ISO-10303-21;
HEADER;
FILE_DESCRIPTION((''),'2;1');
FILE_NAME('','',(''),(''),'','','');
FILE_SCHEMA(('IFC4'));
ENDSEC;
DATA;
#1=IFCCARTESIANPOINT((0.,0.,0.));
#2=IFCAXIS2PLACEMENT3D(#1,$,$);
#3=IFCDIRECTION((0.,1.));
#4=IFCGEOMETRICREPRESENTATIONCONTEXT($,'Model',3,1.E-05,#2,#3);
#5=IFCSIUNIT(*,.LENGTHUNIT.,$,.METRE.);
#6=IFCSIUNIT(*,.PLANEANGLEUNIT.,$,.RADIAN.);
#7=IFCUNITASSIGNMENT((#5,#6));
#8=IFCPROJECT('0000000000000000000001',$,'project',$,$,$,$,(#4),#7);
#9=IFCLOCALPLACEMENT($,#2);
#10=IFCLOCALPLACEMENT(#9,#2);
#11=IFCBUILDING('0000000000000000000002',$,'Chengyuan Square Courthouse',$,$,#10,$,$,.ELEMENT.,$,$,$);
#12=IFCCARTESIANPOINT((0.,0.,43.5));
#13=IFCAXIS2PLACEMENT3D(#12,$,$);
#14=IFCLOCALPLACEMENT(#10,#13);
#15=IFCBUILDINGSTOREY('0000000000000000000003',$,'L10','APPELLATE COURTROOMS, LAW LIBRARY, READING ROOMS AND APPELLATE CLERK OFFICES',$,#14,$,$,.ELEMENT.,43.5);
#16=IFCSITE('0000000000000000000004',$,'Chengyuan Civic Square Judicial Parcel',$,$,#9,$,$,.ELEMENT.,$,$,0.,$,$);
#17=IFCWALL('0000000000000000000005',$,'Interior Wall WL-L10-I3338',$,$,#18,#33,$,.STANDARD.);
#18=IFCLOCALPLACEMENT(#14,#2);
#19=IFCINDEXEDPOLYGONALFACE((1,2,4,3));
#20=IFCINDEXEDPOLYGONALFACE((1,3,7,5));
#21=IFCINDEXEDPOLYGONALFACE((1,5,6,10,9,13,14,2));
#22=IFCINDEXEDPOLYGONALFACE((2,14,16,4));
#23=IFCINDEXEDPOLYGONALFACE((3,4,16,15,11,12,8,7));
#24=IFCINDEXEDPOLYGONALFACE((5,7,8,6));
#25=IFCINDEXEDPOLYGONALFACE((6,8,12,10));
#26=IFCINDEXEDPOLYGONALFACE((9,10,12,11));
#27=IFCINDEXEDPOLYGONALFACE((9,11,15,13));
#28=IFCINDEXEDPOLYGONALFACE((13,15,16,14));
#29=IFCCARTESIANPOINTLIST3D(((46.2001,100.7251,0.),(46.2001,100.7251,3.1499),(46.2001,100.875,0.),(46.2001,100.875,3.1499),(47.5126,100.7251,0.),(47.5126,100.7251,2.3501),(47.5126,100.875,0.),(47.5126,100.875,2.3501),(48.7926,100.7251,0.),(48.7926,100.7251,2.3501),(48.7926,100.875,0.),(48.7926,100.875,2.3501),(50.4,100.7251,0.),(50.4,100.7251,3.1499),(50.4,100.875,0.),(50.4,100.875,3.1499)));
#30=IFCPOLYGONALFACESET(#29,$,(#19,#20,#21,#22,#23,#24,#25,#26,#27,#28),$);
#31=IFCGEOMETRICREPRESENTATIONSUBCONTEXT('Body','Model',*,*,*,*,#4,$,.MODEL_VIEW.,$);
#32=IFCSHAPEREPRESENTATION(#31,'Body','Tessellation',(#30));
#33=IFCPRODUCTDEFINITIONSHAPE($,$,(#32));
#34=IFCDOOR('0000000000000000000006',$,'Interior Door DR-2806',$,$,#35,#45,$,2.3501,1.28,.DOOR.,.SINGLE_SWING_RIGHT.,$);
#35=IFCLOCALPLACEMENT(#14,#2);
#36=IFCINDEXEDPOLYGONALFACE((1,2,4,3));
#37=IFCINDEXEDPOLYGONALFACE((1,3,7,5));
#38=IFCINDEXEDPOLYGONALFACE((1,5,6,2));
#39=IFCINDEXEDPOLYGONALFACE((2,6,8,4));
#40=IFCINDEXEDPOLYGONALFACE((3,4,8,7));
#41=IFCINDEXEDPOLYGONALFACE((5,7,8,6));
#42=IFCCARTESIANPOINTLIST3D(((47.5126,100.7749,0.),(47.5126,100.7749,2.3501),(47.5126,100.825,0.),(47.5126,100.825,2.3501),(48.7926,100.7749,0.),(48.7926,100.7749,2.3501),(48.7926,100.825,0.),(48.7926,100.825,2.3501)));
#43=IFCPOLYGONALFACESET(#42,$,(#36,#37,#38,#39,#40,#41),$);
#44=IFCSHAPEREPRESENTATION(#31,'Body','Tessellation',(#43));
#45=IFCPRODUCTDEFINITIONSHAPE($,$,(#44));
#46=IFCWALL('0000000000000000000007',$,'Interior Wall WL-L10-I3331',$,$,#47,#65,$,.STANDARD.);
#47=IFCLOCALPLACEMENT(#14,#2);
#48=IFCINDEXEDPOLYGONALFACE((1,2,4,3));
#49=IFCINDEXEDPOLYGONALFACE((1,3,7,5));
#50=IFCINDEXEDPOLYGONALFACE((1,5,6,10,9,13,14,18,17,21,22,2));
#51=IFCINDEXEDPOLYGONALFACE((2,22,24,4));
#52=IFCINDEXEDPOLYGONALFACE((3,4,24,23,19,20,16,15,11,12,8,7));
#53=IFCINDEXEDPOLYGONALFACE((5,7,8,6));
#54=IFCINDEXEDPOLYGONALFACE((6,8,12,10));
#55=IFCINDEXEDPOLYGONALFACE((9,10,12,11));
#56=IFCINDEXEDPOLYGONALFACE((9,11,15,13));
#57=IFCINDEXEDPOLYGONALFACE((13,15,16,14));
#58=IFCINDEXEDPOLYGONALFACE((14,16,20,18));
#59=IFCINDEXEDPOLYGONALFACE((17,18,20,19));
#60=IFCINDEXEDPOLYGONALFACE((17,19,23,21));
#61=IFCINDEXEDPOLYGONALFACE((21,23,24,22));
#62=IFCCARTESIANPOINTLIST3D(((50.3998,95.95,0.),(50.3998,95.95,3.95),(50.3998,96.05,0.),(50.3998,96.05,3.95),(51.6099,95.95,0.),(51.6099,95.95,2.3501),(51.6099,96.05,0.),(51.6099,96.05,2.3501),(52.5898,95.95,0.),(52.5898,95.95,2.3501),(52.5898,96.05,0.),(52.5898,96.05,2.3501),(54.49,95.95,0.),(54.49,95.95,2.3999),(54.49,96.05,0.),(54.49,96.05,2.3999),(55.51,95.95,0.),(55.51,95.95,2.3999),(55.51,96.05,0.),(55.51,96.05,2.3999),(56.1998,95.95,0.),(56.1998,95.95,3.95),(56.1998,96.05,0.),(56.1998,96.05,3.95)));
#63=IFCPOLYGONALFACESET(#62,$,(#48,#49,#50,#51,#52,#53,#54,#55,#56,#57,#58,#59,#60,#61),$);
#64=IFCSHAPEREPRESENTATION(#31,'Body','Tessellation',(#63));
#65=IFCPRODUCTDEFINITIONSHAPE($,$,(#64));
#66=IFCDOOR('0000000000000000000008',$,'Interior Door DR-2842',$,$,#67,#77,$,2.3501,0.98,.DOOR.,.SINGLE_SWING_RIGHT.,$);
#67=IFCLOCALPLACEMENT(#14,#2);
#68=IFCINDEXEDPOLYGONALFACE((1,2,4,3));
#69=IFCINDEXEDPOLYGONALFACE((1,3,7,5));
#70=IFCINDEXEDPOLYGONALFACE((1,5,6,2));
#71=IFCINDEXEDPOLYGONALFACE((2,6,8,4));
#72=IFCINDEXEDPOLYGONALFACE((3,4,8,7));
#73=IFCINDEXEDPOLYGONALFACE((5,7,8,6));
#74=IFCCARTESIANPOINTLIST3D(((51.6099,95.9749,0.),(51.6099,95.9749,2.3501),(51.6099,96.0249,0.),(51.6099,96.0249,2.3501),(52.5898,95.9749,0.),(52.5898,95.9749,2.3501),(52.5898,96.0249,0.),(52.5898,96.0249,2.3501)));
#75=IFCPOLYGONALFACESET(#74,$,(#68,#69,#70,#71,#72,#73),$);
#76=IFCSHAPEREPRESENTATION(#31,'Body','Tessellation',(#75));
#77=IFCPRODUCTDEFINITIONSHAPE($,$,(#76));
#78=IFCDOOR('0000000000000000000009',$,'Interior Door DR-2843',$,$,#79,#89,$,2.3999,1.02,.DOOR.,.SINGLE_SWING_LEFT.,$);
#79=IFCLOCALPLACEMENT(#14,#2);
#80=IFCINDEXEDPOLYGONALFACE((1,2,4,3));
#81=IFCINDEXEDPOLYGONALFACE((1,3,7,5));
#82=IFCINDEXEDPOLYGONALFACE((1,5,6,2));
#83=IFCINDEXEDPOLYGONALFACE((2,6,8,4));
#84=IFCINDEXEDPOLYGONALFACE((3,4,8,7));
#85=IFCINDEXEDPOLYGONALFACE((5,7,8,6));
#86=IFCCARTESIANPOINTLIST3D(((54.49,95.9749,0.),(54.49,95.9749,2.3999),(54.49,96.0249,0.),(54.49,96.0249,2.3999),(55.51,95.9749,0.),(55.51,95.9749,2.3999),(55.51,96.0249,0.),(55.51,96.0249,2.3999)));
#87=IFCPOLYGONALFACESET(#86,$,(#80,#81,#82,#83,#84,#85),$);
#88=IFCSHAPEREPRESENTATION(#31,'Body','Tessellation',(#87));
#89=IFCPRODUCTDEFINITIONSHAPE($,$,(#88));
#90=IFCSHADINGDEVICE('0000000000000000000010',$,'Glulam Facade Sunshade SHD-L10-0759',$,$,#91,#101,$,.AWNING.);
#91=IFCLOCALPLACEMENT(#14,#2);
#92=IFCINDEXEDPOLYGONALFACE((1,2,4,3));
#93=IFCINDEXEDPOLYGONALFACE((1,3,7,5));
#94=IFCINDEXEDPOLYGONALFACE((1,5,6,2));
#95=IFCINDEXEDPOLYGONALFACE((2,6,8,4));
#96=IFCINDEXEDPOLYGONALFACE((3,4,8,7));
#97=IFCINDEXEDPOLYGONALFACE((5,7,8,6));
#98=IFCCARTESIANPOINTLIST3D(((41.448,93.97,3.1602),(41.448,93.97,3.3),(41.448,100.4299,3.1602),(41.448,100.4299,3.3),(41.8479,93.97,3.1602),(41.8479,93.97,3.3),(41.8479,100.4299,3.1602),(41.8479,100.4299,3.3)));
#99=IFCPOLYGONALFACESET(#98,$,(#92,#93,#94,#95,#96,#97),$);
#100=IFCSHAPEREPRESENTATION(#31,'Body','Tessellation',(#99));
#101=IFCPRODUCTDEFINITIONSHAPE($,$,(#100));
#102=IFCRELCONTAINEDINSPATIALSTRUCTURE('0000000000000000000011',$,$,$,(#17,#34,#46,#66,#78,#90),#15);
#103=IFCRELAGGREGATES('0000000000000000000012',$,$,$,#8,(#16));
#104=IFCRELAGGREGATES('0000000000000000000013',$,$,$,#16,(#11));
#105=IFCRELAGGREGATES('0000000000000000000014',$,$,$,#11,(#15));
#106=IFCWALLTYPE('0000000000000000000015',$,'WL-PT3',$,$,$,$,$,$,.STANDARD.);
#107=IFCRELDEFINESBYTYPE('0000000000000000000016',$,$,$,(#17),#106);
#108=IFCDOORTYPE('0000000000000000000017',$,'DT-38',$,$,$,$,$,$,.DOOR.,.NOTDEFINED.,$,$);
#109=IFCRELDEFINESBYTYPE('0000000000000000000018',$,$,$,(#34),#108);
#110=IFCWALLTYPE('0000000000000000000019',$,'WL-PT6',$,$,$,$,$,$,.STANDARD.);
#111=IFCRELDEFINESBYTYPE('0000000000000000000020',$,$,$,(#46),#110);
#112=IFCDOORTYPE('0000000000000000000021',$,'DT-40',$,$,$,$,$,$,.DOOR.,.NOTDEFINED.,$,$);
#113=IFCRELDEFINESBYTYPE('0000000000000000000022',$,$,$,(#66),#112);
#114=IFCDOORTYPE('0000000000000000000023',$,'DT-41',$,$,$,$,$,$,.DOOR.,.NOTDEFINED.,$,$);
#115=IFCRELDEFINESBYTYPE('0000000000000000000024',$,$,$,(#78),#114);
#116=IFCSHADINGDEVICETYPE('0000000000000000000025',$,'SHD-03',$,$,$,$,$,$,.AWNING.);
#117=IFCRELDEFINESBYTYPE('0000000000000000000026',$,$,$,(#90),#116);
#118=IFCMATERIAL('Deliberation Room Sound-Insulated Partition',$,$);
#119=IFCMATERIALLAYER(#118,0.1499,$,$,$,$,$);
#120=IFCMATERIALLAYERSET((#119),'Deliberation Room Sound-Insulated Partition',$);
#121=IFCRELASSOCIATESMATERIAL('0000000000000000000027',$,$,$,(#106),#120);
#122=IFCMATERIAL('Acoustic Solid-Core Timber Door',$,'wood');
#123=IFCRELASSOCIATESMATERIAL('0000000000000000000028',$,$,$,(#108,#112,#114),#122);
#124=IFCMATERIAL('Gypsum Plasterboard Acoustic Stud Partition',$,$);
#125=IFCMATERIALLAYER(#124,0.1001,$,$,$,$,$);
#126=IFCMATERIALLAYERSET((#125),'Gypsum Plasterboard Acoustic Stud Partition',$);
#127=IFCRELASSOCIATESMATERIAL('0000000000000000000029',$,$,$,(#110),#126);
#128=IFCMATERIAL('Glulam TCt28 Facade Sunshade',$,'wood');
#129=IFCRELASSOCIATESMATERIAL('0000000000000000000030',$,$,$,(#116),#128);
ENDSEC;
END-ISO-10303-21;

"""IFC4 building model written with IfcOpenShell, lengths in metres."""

from ifc_helpers import new_model, si_unit, direction, frame, frame_2d, origin, origin_2d, place, context, subcontext, project, spatial, rectangle, extrude, material, layer, layer_set, type_object, element, fill, save


model = new_model("IFC4")

# Units and contexts
model_context = context("Model", 3, precision=1e-05, world=origin(), true_north=direction((0.0, 1.0)))
body_context = subcontext(model_context, "Body", "Model", "MODEL_VIEW")
ifc_project = project(units=[si_unit("LENGTHUNIT", "METRE"), si_unit("PLANEANGLEUNIT", "RADIAN")], contexts=[model_context])

# Site, building, storey
site_placement = place(None, origin())
site = spatial("IfcSite", under=ifc_project, at=site_placement, Name="Chengyuan Civic Square Judicial Parcel", CompositionType="ELEMENT", RefElevation=0.0)
building_placement = place(site_placement, origin())
building = spatial("IfcBuilding", under=site, at=building_placement, Name="Chengyuan Square Courthouse", CompositionType="ELEMENT")
storey_placement = place(building_placement, frame((0.0, 0.0, 43.5)))
storey = spatial("IfcBuildingStorey", under=building, at=storey_placement, Name="L10", Description="APPELLATE COURTROOMS, LAW LIBRARY, READING ROOMS AND APPELLATE CLERK OFFICES", CompositionType="ELEMENT", Elevation=43.5)

# Wall, opening, door
ifc_material_1 = material(Name="Deliberation Room Sound-Insulated Partition")
ifc_layer_1 = layer(ifc_material_1, 0.1499)
ifc_layer_set_1 = layer_set([ifc_layer_1], Name="Deliberation Room Sound-Insulated Partition")
wall_type_1 = type_object("IfcWallType", Name="WL-PT3", PredefinedType="STANDARD", material=ifc_layer_set_1)
ifc_material_2 = material(Name="Acoustic Solid-Core Timber Door", Category="wood")
door_type_1 = type_object("IfcDoorType", Name="DT-38", OperationType="NOTDEFINED", PredefinedType="DOOR", material=ifc_material_2)
wall_1_placement = place(storey_placement, frame((46.2, 100.8, 0.0), z_axis=(0.0, 0.0, 1.0), x_axis=(1.0, 0.0, 0.0)))
wall_1 = element("IfcWall", 1, at=wall_1_placement, inside=storey, type_object=wall_type_1, Name="Interior Wall WL-L10-I3338", PredefinedType="STANDARD", context=body_context, shape_type="SweptSolid", body=[
    extrude(rectangle(XDim=4.2, YDim=0.1499, at=frame_2d((2.1001, 0.0))), origin(), (0.0, 0.0, 1.0), 3.1499),
])
opening_1_placement = place(wall_1_placement, frame((1.3125, 0.0, 0.0)))
opening_1 = element("IfcOpeningElement", 2, at=opening_1_placement, cuts=wall_1, PredefinedType="OPENING", context=body_context, shape_type="SweptSolid", body=[
    extrude(rectangle(XDim=1.28, YDim=2.3501, at=frame_2d((0.6401, 1.175))), frame((0.0, 0.0869, 0.0), z_axis=(0.0, -1.0, 0.0), x_axis=(1.0, 0.0, 0.0)), (0.0, 0.0, 1.0), 0.1738),
])
door_1_placement = place(opening_1_placement, origin())
door_1 = element("IfcDoor", 3, at=door_1_placement, inside=storey, type_object=door_type_1, Name="Interior Door DR-2806", OperationType="SINGLE_SWING_RIGHT", OverallHeight=2.3501, OverallWidth=1.28, PredefinedType="DOOR", context=body_context, shape_type="SweptSolid", body=[
    extrude(rectangle(XDim=1.28, YDim=2.3501, at=frame_2d((0.6401, 1.175))), frame((0.0, 0.0249, 0.0), z_axis=(0.0, -1.0, 0.0), x_axis=(1.0, 0.0, 0.0)), (0.0, 0.0, 1.0), 0.05),
])
fill(opening_1, door_1)

# Wall, openings, doors
ifc_material_3 = material(Name="Gypsum Plasterboard Acoustic Stud Partition")
ifc_layer_2 = layer(ifc_material_3, 0.1001)
ifc_layer_set_2 = layer_set([ifc_layer_2], Name="Gypsum Plasterboard Acoustic Stud Partition")
wall_type_2 = type_object("IfcWallType", Name="WL-PT6", PredefinedType="STANDARD", material=ifc_layer_set_2)
wall_2_placement = place(storey_placement, frame((50.3999, 96.0, 0.0), z_axis=(0.0, 0.0, 1.0), x_axis=(1.0, 0.0, 0.0)))
wall_2 = element("IfcWall", 4, at=wall_2_placement, inside=storey, type_object=wall_type_2, Name="Interior Wall WL-L10-I3331", PredefinedType="STANDARD", context=body_context, shape_type="SweptSolid", body=[
    extrude(rectangle(XDim=5.8, YDim=0.1001, at=frame_2d((2.8999, 0.0))), origin(), (0.0, 0.0, 1.0), 3.95),
])
opening_2_placement = place(wall_2_placement, frame((1.21, 0.0, 0.0)))
opening_2 = element("IfcOpeningElement", 5, at=opening_2_placement, cuts=wall_2, PredefinedType="OPENING", context=body_context, shape_type="SweptSolid", body=[
    extrude(rectangle(XDim=0.98, YDim=2.3501, at=frame_2d((0.49, 1.175))), frame((0.0, 0.062, 0.0), z_axis=(0.0, -1.0, 0.0), x_axis=(1.0, 0.0, 0.0)), (0.0, 0.0, 1.0), 0.124),
])
opening_3_placement = place(wall_2_placement, frame((4.0901, 0.0, 0.0)))
opening_3 = element("IfcOpeningElement", 6, at=opening_3_placement, cuts=wall_2, PredefinedType="OPENING", context=body_context, shape_type="SweptSolid", body=[
    extrude(rectangle(XDim=1.02, YDim=2.3999, at=frame_2d((0.51, 1.2))), frame((0.0, 0.062, 0.0), z_axis=(0.0, -1.0, 0.0), x_axis=(1.0, 0.0, 0.0)), (0.0, 0.0, 1.0), 0.124),
])
door_type_2 = type_object("IfcDoorType", Name="DT-40", OperationType="NOTDEFINED", PredefinedType="DOOR", material=ifc_material_2)
door_2_placement = place(opening_2_placement, origin())
door_2 = element("IfcDoor", 7, at=door_2_placement, inside=storey, type_object=door_type_2, Name="Interior Door DR-2842", OperationType="SINGLE_SWING_RIGHT", OverallHeight=2.3501, OverallWidth=0.98, PredefinedType="DOOR", context=body_context, shape_type="SweptSolid", body=[
    extrude(rectangle(XDim=0.98, YDim=2.3501, at=frame_2d((0.49, 1.175))), frame((0.0, 0.0249, 0.0), z_axis=(0.0, -1.0, 0.0), x_axis=(1.0, 0.0, 0.0)), (0.0, 0.0, 1.0), 0.05),
])
fill(opening_2, door_2)
door_type_3 = type_object("IfcDoorType", Name="DT-41", OperationType="NOTDEFINED", PredefinedType="DOOR", material=ifc_material_2)
door_3_placement = place(opening_3_placement, origin())
door_3 = element("IfcDoor", 8, at=door_3_placement, inside=storey, type_object=door_type_3, Name="Interior Door DR-2843", OperationType="SINGLE_SWING_LEFT", OverallHeight=2.3999, OverallWidth=1.02, PredefinedType="DOOR", context=body_context, shape_type="SweptSolid", body=[
    extrude(rectangle(XDim=1.02, YDim=2.3999, at=frame_2d((0.51, 1.2))), frame((0.0, 0.0249, 0.0), z_axis=(0.0, -1.0, 0.0), x_axis=(1.0, 0.0, 0.0)), (0.0, 0.0, 1.0), 0.05),
])
fill(opening_3, door_3)

# Shading device
ifc_material_4 = material(Name="Glulam TCt28 Facade Sunshade", Category="wood")
shading_device_type = type_object("IfcShadingDeviceType", Name="SHD-03", PredefinedType="AWNING", material=ifc_material_4)
shading_device_placement = place(storey_placement, frame((41.6479, 97.2, 3.1602), z_axis=(0.0, 0.0, 1.0), x_axis=(0.0, 1.0, 0.0)))
element("IfcShadingDevice", 9, at=shading_device_placement, inside=storey, type_object=shading_device_type, Name="Glulam Facade Sunshade SHD-L10-0759", PredefinedType="AWNING", context=body_context, shape_type="SweptSolid", body=[
    extrude(rectangle(XDim=6.46, YDim=0.3999, at=origin_2d()), origin(), (0.0, 0.0, 1.0), 0.1399),
])

save(model, "model.ifc")
